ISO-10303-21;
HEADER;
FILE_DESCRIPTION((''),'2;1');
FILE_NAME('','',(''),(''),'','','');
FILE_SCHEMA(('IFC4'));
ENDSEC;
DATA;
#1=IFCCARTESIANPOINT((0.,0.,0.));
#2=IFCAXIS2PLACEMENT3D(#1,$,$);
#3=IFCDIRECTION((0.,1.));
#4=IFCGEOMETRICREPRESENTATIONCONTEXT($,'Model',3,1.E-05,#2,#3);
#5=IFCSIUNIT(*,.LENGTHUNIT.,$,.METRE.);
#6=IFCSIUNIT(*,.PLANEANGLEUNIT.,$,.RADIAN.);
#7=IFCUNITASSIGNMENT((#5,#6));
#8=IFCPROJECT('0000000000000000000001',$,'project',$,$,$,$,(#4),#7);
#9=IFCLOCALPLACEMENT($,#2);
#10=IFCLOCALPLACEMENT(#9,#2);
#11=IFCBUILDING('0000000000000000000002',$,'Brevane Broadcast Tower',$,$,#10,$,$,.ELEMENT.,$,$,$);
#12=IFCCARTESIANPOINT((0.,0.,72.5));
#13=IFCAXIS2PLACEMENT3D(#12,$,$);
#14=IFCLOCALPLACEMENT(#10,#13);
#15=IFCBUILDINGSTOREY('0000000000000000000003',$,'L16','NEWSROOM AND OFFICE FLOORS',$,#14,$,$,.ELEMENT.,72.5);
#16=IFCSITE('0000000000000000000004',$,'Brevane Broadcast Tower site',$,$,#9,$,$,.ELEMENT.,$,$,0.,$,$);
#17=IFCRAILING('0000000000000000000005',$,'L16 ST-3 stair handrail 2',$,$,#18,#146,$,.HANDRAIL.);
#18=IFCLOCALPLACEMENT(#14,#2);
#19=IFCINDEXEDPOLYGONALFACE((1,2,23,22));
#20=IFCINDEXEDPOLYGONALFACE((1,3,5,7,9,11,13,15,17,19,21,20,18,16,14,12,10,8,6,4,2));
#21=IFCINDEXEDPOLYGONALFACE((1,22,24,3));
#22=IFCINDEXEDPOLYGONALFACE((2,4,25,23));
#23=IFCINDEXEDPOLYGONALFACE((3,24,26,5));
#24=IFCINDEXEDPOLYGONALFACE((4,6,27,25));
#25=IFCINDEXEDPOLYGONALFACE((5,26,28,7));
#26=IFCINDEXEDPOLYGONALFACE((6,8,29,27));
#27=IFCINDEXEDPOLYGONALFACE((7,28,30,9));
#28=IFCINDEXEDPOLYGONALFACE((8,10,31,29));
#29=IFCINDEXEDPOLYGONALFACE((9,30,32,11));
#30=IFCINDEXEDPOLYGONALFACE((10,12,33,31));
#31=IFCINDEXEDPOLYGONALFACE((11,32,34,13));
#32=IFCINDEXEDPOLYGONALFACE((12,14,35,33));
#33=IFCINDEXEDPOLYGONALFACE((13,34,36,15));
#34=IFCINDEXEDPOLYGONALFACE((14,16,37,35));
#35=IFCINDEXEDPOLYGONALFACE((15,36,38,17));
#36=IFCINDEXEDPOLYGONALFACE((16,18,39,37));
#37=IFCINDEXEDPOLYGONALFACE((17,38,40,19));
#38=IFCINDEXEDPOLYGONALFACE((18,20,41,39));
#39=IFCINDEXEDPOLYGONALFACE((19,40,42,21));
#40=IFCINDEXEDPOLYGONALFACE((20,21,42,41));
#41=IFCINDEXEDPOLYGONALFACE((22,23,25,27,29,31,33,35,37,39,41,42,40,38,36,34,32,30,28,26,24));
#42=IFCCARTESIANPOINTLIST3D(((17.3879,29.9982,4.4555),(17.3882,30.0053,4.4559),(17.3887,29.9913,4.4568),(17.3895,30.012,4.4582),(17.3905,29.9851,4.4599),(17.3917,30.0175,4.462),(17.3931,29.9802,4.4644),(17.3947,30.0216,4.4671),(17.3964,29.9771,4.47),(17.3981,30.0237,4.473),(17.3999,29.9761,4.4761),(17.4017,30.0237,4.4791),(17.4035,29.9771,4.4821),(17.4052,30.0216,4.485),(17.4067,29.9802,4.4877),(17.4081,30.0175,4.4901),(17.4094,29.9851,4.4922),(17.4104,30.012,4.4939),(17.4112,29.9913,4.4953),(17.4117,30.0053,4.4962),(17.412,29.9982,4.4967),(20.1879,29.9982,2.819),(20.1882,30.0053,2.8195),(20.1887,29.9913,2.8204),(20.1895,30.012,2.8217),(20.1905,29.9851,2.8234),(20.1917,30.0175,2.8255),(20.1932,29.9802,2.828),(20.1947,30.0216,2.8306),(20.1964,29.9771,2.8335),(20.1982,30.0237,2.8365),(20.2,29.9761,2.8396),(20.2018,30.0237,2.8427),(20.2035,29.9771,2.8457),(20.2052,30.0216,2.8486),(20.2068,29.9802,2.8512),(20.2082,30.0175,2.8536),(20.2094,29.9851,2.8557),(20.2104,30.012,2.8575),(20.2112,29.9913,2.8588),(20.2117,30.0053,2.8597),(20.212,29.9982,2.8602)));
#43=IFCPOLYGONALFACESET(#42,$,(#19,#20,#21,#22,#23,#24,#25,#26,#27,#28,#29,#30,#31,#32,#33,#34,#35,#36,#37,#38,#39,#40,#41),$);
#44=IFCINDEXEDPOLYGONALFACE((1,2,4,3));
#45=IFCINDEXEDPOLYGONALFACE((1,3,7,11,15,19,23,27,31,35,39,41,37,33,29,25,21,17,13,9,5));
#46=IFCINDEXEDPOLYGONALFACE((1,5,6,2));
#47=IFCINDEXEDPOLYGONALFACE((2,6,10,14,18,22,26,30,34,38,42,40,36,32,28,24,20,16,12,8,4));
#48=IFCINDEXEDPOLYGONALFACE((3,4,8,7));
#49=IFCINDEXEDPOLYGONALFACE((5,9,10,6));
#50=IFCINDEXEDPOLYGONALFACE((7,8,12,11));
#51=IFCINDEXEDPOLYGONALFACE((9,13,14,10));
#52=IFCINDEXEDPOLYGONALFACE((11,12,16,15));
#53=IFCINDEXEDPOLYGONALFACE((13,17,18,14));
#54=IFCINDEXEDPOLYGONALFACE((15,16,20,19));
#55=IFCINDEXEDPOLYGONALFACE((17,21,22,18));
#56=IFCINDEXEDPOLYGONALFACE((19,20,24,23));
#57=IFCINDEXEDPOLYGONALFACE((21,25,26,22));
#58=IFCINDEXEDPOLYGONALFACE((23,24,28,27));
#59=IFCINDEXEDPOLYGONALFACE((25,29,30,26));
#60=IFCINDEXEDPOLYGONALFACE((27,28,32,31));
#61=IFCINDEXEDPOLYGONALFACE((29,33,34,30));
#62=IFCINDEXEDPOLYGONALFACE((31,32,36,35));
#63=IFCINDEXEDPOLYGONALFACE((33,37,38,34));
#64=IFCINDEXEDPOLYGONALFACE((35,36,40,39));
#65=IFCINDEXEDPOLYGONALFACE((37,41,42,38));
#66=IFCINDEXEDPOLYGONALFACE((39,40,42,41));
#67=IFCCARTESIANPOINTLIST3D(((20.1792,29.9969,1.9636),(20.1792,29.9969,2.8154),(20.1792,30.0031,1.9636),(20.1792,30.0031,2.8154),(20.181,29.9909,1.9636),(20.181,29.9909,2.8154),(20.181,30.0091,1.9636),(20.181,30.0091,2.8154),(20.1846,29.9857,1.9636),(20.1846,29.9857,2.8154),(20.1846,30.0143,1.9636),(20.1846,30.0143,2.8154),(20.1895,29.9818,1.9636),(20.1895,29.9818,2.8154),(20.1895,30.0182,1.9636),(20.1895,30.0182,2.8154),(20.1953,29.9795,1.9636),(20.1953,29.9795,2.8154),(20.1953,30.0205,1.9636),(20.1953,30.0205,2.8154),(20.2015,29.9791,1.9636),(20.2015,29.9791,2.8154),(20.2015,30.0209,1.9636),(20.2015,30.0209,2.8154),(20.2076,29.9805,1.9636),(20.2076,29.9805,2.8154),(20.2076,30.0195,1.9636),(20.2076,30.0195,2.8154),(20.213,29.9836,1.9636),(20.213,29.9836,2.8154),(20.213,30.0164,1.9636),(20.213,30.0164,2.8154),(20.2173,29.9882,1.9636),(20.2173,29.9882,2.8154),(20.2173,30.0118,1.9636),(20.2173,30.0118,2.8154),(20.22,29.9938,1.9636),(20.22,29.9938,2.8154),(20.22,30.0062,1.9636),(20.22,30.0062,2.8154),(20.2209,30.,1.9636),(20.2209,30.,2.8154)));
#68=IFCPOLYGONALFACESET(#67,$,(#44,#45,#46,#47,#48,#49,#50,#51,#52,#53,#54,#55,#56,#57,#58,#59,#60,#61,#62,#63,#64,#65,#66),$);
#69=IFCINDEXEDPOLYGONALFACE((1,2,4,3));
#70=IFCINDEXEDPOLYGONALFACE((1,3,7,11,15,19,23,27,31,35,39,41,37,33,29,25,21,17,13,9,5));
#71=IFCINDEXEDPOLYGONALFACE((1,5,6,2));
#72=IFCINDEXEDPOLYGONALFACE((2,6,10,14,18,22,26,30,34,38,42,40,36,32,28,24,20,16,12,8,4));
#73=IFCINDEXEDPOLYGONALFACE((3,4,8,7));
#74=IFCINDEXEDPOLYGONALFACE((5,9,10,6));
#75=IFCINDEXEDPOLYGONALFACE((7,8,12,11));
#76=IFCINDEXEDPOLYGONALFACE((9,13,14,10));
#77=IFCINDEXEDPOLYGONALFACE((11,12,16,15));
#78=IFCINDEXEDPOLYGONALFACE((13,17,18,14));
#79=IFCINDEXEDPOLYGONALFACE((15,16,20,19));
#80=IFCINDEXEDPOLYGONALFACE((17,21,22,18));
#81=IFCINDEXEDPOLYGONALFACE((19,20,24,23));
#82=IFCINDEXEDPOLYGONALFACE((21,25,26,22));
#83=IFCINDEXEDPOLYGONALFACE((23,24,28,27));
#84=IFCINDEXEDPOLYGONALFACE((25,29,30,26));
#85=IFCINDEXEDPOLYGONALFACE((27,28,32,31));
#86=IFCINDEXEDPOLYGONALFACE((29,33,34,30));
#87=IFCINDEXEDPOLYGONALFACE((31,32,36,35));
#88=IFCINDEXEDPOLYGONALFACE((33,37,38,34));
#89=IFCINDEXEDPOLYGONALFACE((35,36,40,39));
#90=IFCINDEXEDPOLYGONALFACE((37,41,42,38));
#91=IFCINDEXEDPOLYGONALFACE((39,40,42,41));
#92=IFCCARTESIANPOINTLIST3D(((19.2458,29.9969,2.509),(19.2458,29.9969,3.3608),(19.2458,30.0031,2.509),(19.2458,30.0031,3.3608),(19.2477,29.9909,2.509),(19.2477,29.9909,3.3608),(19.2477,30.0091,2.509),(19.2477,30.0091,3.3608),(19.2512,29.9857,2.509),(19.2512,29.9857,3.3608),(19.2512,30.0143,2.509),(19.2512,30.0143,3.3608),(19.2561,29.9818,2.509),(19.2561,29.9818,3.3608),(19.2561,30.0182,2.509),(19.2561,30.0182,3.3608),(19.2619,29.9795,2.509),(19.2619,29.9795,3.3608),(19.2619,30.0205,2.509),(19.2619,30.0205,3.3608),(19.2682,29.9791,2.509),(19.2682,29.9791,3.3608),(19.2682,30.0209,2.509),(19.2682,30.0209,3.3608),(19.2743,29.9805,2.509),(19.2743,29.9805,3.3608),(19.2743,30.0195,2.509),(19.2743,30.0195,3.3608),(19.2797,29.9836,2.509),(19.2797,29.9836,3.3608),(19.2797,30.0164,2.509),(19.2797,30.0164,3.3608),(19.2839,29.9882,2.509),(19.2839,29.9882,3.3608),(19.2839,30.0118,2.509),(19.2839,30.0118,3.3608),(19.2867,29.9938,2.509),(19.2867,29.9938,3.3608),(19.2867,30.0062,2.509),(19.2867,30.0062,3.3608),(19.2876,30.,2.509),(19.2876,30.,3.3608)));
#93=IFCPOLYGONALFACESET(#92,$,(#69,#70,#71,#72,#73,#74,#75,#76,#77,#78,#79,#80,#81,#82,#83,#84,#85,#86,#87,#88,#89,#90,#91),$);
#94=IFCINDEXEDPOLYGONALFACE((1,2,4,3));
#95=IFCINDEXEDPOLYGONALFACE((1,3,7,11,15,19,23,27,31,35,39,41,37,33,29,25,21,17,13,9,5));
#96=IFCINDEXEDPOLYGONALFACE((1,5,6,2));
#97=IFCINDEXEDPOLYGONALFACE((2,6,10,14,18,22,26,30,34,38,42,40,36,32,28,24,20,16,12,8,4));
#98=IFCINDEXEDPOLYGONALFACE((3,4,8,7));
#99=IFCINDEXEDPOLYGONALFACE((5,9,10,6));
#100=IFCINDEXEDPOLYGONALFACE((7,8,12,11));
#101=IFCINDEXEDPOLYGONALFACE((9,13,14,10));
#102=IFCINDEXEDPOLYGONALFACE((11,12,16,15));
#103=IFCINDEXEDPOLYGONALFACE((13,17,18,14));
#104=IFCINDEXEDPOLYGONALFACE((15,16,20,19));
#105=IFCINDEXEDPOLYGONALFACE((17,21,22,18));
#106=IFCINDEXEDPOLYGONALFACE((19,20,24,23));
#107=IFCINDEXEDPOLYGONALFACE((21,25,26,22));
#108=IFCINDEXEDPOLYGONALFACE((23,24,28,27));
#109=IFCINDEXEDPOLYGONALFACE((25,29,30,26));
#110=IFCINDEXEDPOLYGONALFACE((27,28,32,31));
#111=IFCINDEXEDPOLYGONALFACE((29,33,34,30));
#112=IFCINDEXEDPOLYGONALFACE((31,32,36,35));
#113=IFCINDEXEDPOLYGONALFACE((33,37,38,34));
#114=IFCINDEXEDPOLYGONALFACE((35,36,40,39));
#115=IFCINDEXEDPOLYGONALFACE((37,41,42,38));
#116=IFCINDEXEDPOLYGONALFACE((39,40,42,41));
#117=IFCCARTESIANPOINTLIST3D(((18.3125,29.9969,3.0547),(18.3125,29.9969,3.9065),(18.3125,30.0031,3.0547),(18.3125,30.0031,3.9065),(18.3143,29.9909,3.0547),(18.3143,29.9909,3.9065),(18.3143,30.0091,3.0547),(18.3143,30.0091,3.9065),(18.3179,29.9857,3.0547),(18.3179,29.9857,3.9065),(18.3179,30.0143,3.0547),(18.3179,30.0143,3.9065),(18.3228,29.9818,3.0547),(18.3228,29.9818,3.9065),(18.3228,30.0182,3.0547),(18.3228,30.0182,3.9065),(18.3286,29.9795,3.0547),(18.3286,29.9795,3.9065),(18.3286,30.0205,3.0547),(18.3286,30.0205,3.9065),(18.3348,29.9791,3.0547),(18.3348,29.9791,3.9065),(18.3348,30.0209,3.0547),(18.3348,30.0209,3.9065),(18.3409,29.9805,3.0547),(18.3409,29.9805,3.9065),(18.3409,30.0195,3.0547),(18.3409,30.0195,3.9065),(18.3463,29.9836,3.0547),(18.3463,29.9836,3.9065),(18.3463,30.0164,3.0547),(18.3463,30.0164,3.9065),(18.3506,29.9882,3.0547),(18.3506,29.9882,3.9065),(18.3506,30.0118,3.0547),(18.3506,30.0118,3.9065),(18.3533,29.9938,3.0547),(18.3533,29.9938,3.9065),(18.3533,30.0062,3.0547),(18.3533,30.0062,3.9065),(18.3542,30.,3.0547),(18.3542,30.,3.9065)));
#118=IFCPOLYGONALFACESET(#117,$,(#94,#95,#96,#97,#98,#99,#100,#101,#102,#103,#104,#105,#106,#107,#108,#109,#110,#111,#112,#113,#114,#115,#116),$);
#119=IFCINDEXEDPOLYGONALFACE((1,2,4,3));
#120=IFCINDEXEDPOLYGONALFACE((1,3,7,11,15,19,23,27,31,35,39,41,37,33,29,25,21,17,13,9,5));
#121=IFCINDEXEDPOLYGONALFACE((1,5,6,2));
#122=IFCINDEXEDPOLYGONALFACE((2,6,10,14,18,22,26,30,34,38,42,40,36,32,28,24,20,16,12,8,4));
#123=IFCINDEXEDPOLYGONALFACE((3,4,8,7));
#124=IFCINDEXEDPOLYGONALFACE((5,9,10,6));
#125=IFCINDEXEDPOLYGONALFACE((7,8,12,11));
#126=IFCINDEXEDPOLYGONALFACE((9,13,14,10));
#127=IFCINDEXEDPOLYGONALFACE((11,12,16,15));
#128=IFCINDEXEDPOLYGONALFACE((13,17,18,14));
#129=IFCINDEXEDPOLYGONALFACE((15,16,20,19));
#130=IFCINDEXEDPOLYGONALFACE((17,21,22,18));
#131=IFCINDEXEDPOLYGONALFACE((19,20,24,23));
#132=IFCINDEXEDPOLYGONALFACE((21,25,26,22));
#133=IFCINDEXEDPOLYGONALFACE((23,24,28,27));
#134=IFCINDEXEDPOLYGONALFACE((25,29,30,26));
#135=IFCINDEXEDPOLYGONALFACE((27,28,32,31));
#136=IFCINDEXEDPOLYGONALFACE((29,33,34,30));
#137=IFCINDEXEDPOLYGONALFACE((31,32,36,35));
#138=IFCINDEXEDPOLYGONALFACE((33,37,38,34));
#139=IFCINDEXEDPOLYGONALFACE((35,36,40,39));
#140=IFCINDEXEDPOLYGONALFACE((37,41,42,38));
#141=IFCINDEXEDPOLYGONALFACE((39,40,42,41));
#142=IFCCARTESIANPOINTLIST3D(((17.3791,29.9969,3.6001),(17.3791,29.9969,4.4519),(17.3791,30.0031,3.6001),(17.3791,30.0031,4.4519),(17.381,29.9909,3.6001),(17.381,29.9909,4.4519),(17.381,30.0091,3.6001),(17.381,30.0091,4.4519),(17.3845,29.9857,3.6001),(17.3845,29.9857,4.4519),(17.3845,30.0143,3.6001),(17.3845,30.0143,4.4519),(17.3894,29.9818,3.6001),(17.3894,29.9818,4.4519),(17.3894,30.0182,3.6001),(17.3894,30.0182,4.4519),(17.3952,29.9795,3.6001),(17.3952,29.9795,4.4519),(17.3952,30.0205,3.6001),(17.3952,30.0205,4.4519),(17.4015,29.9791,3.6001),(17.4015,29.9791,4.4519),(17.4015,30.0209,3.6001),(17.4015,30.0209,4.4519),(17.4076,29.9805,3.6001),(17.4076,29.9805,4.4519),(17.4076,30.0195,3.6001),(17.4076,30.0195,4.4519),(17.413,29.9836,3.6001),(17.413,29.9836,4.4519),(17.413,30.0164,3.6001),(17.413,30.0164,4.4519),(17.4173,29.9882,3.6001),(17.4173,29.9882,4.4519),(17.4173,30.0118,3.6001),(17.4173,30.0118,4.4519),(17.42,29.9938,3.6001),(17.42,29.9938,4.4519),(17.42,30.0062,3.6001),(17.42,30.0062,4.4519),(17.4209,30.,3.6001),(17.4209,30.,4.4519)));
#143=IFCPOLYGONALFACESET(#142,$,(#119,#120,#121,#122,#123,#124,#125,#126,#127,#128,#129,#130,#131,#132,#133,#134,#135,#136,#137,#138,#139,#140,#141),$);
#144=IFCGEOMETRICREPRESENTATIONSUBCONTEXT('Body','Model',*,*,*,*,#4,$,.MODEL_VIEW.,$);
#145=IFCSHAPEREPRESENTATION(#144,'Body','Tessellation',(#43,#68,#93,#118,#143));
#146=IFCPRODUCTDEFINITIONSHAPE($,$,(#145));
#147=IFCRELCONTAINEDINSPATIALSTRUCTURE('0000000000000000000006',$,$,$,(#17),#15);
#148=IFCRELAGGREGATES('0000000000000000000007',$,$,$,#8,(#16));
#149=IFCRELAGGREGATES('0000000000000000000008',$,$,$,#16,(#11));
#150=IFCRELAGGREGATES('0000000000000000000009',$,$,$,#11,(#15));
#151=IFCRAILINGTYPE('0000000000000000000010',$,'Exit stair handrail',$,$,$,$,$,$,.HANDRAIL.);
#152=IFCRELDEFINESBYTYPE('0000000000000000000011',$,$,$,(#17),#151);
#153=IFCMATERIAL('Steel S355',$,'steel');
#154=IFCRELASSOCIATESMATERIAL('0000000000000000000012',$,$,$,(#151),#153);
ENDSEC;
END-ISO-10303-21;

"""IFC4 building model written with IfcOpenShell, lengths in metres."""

from ifc_helpers import new_model, si_unit, direction, frame, origin, origin_2d, place, context, subcontext, project, spatial, circle, extrude, material, type_object, element, save


model = new_model("IFC4")

# Units and contexts
model_context = context("Model", 3, precision=1e-05, world=origin(), true_north=direction((0.0, 1.0)))
body_context = subcontext(model_context, "Body", "Model", "MODEL_VIEW")
ifc_project = project(units=[si_unit("LENGTHUNIT", "METRE"), si_unit("PLANEANGLEUNIT", "RADIAN")], contexts=[model_context])

# Site, building, storey
site_placement = place(None, origin())
site = spatial("IfcSite", under=ifc_project, at=site_placement, Name="Brevane Broadcast Tower site", CompositionType="ELEMENT", RefElevation=0.0)
building_placement = place(site_placement, origin())
building = spatial("IfcBuilding", under=site, at=building_placement, Name="Brevane Broadcast Tower", CompositionType="ELEMENT")
storey_placement = place(building_placement, frame((0.0, 0.0, 72.5)))
storey = spatial("IfcBuildingStorey", under=building, at=storey_placement, Name="L16", Description="NEWSROOM AND OFFICE FLOORS", CompositionType="ELEMENT", Elevation=72.5)

# Railing
ifc_material_1 = material(Name="Steel S355", Category="steel")
railing_type_1 = type_object("IfcRailingType", Name="Exit stair handrail", PredefinedType="HANDRAIL", material=ifc_material_1)
railing_1_placement = place(storey_placement, frame((20.2, 30.0, 1.9636)))
element("IfcRailing", 1, at=railing_1_placement, inside=storey, type_object=railing_type_1, Name="L16 ST-3 stair handrail 2", PredefinedType="HANDRAIL", context=body_context, shape_type="SweptSolid", body=[
    extrude(circle(Radius=0.0239, at=origin_2d()), frame((0.0, 0.0, 0.876), z_axis=(-0.863361, 0.0, 0.504587), x_axis=(0.0, -1.0, 0.0)), (0.0, 0.0, 1.0), 3.2432),
    extrude(circle(Radius=0.021, at=origin_2d()), origin(), (0.0, 0.0, 1.0), 0.8518),
    extrude(circle(Radius=0.021, at=origin_2d()), frame((-0.9333, 0.0, 0.5454)), (0.0, 0.0, 1.0), 0.8518),
    extrude(circle(Radius=0.021, at=origin_2d()), frame((-1.8667, 0.0, 1.0911)), (0.0, 0.0, 1.0), 0.8518),
    extrude(circle(Radius=0.021, at=origin_2d()), frame((-2.8, 0.0, 1.6365)), (0.0, 0.0, 1.0), 0.8518),
])

save(model, "model.ifc")
